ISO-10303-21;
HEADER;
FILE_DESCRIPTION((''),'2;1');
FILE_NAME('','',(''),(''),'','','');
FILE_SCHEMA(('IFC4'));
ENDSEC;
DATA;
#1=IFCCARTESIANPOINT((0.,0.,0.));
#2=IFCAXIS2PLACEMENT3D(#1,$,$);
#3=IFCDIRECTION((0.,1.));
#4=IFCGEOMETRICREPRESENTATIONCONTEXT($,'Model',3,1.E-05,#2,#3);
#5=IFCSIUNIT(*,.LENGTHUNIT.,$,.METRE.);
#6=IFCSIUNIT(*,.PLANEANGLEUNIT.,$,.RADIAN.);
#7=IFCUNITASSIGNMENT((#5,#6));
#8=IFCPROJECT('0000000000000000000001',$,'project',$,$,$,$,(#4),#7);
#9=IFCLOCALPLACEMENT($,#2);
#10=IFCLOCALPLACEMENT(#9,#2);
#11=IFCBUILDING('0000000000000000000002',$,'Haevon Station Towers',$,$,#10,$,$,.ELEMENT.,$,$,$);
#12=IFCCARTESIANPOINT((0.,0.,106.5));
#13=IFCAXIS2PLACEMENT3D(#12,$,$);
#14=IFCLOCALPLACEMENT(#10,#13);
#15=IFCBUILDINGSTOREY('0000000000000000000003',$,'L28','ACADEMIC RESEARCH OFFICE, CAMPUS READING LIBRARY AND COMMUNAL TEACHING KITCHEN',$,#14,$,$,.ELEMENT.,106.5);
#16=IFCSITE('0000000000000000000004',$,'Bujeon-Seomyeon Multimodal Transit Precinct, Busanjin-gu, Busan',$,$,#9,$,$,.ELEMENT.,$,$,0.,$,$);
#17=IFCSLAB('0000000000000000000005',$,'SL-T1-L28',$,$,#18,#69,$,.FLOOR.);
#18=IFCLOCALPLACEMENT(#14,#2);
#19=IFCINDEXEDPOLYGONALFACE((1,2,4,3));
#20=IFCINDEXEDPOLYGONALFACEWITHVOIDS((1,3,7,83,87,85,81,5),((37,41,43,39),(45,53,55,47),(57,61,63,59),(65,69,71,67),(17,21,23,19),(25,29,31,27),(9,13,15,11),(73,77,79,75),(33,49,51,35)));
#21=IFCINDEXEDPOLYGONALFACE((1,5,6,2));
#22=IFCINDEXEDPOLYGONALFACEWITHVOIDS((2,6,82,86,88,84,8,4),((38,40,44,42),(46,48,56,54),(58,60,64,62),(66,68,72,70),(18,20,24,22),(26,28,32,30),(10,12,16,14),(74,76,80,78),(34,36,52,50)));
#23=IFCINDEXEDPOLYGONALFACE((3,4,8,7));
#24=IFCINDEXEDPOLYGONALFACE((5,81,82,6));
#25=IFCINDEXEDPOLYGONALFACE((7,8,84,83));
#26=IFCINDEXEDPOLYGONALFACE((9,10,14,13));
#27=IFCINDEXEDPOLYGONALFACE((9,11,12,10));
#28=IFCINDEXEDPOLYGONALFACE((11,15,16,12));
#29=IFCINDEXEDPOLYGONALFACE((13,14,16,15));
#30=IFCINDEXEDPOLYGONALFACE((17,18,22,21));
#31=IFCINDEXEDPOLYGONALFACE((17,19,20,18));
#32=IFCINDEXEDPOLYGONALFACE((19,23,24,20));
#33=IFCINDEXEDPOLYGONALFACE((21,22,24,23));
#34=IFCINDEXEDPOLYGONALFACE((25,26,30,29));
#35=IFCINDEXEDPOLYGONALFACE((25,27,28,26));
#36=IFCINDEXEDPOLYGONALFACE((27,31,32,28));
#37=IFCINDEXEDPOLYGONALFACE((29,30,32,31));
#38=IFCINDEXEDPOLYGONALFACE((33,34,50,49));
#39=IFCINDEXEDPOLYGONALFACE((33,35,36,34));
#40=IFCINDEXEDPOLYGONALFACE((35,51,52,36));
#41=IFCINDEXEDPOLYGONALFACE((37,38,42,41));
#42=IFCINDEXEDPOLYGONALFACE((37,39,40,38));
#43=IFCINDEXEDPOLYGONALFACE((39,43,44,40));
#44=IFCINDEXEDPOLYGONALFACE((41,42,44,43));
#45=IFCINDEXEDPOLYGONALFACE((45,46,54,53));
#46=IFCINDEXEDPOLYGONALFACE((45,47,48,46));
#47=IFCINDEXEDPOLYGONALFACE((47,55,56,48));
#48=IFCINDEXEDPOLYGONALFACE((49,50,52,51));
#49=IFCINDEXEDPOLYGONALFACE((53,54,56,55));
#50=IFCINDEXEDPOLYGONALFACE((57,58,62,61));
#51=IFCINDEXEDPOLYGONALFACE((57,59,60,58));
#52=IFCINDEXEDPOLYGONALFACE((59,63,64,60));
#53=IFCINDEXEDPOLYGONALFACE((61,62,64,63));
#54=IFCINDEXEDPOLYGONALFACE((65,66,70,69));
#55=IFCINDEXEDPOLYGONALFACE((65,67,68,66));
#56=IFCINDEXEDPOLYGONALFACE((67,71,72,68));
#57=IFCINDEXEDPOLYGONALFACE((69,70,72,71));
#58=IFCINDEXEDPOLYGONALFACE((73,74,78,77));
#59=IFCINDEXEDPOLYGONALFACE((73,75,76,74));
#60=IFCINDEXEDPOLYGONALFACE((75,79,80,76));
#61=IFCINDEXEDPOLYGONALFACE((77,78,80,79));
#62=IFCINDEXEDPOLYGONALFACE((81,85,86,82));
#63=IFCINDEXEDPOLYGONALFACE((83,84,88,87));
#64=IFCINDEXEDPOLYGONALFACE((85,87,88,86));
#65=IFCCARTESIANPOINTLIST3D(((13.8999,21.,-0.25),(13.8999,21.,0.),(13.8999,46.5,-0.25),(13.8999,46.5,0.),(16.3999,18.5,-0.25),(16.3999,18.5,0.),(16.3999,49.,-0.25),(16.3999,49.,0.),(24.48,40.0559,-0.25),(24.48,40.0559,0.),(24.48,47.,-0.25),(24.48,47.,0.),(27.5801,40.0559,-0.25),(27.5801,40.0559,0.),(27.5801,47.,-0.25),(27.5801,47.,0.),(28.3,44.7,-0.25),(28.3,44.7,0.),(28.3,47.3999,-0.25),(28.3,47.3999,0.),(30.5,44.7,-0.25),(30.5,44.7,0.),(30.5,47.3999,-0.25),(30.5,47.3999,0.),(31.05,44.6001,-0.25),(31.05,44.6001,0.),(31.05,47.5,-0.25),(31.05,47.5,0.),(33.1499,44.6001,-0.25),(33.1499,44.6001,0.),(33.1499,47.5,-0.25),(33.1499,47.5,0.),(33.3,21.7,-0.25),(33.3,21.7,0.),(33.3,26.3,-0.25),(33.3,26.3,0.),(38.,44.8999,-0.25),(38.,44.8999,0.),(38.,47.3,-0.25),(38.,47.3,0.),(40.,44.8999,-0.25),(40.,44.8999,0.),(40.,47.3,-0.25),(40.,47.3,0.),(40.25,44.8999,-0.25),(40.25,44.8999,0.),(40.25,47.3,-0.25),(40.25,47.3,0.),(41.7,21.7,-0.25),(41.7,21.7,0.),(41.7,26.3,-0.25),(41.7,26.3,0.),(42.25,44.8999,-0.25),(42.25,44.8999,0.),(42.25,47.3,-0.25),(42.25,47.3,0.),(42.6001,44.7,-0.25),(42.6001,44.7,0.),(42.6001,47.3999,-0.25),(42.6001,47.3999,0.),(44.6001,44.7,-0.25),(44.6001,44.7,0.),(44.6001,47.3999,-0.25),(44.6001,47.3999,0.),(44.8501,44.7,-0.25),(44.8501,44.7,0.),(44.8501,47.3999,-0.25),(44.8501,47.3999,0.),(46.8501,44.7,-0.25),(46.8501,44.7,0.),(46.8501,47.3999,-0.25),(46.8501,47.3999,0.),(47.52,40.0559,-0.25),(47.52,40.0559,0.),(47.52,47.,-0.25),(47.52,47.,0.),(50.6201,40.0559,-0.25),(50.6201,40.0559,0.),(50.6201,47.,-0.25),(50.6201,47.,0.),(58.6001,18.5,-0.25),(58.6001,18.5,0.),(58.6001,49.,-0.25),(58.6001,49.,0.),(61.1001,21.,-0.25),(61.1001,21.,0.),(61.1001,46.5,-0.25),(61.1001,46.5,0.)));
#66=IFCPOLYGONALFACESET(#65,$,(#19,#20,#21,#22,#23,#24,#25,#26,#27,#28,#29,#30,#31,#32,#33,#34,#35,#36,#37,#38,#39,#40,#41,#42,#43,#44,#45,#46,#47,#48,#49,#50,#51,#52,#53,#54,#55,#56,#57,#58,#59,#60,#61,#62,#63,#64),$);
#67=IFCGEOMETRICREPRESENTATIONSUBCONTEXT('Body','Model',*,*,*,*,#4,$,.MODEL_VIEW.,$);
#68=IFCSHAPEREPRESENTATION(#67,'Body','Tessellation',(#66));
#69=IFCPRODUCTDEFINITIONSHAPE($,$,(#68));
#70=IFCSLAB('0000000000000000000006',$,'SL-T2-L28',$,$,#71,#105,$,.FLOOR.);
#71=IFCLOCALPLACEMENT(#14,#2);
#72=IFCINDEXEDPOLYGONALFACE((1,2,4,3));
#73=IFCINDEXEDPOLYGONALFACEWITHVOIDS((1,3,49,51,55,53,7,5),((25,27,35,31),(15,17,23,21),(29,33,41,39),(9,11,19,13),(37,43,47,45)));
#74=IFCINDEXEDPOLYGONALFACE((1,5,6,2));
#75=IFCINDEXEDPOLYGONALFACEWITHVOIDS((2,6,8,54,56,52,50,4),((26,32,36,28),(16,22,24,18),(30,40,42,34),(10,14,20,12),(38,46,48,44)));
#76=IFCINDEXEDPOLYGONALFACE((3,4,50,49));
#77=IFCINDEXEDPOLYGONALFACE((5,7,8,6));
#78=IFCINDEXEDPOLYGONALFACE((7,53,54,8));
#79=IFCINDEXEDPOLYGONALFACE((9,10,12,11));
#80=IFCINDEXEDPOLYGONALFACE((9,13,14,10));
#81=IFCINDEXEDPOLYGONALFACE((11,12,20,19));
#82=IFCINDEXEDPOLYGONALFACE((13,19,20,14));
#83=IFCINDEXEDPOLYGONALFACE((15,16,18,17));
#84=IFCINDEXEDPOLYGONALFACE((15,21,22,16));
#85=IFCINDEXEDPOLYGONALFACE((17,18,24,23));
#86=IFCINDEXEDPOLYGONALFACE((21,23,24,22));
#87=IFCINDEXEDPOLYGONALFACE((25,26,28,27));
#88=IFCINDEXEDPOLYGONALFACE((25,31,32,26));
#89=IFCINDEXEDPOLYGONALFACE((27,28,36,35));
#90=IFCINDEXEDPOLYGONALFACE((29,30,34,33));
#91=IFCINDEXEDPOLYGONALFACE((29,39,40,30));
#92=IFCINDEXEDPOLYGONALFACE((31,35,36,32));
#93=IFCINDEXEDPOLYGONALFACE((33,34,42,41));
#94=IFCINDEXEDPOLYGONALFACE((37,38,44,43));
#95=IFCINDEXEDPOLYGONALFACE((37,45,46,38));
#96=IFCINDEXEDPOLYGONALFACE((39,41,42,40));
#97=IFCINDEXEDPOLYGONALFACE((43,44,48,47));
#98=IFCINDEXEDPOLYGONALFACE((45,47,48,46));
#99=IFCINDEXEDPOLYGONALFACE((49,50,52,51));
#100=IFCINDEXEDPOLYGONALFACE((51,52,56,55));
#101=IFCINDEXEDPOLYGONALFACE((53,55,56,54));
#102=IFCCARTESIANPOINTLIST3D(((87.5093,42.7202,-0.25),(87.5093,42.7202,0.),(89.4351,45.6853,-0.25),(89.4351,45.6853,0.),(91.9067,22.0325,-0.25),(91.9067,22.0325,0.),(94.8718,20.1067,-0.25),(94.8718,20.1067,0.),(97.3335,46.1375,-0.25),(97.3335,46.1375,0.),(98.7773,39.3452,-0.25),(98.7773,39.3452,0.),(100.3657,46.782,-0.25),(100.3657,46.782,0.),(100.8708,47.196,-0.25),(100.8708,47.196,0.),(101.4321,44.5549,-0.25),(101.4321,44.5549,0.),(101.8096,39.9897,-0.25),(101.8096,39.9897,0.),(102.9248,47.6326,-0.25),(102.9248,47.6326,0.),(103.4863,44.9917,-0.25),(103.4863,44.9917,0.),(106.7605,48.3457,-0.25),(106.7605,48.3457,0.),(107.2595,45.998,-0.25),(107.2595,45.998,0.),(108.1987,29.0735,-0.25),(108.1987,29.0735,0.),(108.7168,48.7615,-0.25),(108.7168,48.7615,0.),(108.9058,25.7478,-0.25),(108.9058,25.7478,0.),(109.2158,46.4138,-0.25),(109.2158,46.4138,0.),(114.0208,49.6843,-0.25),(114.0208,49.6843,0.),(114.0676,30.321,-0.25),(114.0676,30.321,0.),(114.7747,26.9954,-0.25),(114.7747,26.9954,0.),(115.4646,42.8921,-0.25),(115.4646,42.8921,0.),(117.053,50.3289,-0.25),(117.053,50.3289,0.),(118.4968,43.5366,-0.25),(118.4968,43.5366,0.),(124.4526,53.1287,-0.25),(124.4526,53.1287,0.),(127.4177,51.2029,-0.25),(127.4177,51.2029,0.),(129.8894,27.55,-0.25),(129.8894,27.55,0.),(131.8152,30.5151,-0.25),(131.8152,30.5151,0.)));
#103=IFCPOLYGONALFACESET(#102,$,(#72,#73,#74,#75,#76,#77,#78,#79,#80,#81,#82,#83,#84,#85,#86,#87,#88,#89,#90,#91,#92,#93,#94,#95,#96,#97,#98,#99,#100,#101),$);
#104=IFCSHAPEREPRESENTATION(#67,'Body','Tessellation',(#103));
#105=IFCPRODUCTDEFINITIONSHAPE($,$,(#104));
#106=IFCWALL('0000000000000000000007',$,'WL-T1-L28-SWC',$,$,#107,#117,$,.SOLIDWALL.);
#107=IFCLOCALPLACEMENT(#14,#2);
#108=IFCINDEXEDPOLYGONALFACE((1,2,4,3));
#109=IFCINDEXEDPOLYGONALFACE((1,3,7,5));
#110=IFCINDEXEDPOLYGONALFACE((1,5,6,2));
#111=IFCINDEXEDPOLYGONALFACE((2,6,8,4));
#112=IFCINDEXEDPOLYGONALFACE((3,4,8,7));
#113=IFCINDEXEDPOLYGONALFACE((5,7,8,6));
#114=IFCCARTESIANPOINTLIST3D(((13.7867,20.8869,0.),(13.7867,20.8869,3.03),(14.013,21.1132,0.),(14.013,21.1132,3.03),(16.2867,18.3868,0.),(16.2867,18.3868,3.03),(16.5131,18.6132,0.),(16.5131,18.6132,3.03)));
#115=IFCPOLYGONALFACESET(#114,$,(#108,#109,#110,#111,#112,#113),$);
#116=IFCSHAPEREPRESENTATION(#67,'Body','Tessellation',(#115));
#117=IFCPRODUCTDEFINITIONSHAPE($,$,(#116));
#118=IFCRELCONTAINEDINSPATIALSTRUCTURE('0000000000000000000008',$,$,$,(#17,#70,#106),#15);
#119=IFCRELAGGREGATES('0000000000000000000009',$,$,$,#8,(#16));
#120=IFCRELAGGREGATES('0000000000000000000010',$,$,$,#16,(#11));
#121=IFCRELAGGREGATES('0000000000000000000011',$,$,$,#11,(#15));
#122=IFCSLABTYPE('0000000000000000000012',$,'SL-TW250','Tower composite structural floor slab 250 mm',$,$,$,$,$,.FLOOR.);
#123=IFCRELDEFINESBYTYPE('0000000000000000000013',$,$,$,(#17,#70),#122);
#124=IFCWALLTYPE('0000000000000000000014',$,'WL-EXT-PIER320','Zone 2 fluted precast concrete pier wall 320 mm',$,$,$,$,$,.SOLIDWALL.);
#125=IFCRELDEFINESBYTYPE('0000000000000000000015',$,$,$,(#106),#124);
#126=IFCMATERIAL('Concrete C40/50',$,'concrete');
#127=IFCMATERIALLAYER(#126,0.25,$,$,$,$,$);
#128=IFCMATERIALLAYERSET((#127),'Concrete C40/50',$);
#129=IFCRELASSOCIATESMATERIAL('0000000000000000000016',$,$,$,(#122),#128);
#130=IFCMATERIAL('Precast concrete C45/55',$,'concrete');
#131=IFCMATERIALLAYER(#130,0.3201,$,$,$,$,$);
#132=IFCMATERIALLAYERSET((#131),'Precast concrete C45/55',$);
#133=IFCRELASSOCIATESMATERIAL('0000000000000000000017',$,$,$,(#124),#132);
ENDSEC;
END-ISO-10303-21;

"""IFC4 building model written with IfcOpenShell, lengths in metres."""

from ifc_helpers import new_model, si_unit, direction, frame, frame_2d, origin, place, context, subcontext, project, spatial, polyline, rectangle, outline, extrude, material, layer, layer_set, type_object, element, save


model = new_model("IFC4")

# Units and contexts
model_context = context("Model", 3, precision=1e-05, world=origin(), true_north=direction((0.0, 1.0)))
body_context = subcontext(model_context, "Body", "Model", "MODEL_VIEW")
ifc_project = project(units=[si_unit("LENGTHUNIT", "METRE"), si_unit("PLANEANGLEUNIT", "RADIAN")], contexts=[model_context])

# Site, building, storey
site_placement = place(None, origin())
site = spatial("IfcSite", under=ifc_project, at=site_placement, Name="Bujeon-Seomyeon Multimodal Transit Precinct, Busanjin-gu, Busan", CompositionType="ELEMENT", RefElevation=0.0)
building_placement = place(site_placement, origin())
building = spatial("IfcBuilding", under=site, at=building_placement, Name="Haevon Station Towers", CompositionType="ELEMENT")
storey_placement = place(building_placement, frame((0.0, 0.0, 106.5)))
storey = spatial("IfcBuildingStorey", under=building, at=storey_placement, Name="L28", Description="ACADEMIC RESEARCH OFFICE, CAMPUS READING LIBRARY AND COMMUNAL TEACHING KITCHEN", CompositionType="ELEMENT", Elevation=106.5)

# Shared definitions
ifc_material_1 = material(Name="Concrete C40/50", Category="concrete")

# Slabs
ifc_layer_1 = layer(ifc_material_1, 0.25)
ifc_layer_set_1 = layer_set([ifc_layer_1], Name="Concrete C40/50")
slab_type_1 = type_object("IfcSlabType", Name="SL-TW250", Description="Tower composite structural floor slab 250 mm", PredefinedType="FLOOR", material=ifc_layer_set_1)
slab_1_placement = place(storey_placement, frame((0.0, 0.0, -0.25)))
element("IfcSlab", 1, at=slab_1_placement, inside=storey, type_object=slab_type_1, Name="SL-T1-L28", PredefinedType="FLOOR", context=body_context, shape_type="SweptSolid", body=[
    extrude(outline(polyline([(16.3999, 18.5), (58.6001, 18.5), (61.1001, 21.0), (61.1001, 46.5), (58.6001, 49.0), (16.3999, 49.0), (13.8999, 46.5), (13.8999, 21.0), (16.3999, 18.5)]), holes=[polyline([(27.5801, 40.0559), (27.5801, 47.0), (24.48, 47.0), (24.48, 40.0559), (27.5801, 40.0559)]), polyline([(50.6201, 40.0559), (50.6201, 47.0), (47.52, 47.0), (47.52, 40.0559), (50.6201, 40.0559)]), polyline([(28.3, 44.7), (30.5, 44.7), (30.5, 47.3999), (28.3, 47.3999), (28.3, 44.7)]), polyline([(31.05, 44.6001), (33.1499, 44.6001), (33.1499, 47.5), (31.05, 47.5), (31.05, 44.6001)]), polyline([(38.0, 44.8999), (40.0, 44.8999), (40.0, 47.3), (38.0, 47.3), (38.0, 44.8999)]), polyline([(40.25, 44.8999), (42.25, 44.8999), (42.25, 47.3), (40.25, 47.3), (40.25, 44.8999)]), polyline([(42.6001, 44.7), (44.6001, 44.7), (44.6001, 47.3999), (42.6001, 47.3999), (42.6001, 44.7)]), polyline([(44.8501, 44.7), (46.8501, 44.7), (46.8501, 47.3999), (44.8501, 47.3999), (44.8501, 44.7)]), polyline([(33.3, 21.7), (41.7, 21.7), (41.7, 26.3), (33.3, 26.3), (33.3, 21.7)])]), origin(), (0.0, 0.0, 1.0), 0.25),
])
slab_2_placement = place(storey_placement, frame((0.0, 0.0, -0.25)))
element("IfcSlab", 2, at=slab_2_placement, inside=storey, type_object=slab_type_1, Name="SL-T2-L28", PredefinedType="FLOOR", context=body_context, shape_type="SweptSolid", body=[
    extrude(outline(polyline([(94.8718, 20.1067), (129.8894, 27.55), (131.8152, 30.5151), (127.4177, 51.2029), (124.4526, 53.1287), (89.4351, 45.6853), (87.5093, 42.7202), (91.9067, 22.0325), (94.8718, 20.1067)]), holes=[polyline([(101.8096, 39.9897), (100.3657, 46.782), (97.3335, 46.1375), (98.7773, 39.3452), (101.8096, 39.9897)]), polyline([(118.4968, 43.5366), (117.053, 50.3289), (114.0208, 49.6843), (115.4646, 42.8921), (118.4968, 43.5366)]), polyline([(101.4321, 44.5549), (103.4863, 44.9917), (102.9248, 47.6326), (100.8708, 47.196), (101.4321, 44.5549)]), polyline([(107.2595, 45.998), (109.2158, 46.4138), (108.7168, 48.7615), (106.7605, 48.3457), (107.2595, 45.998)]), polyline([(108.9058, 25.7478), (114.7747, 26.9954), (114.0676, 30.321), (108.1987, 29.0735), (108.9058, 25.7478)])]), origin(), (0.0, 0.0, 1.0), 0.25),
])

# Wall
ifc_material_2 = material(Name="Precast concrete C45/55", Category="concrete")
ifc_layer_2 = layer(ifc_material_2, 0.3201)
ifc_layer_set_2 = layer_set([ifc_layer_2], Name="Precast concrete C45/55")
wall_type_1 = type_object("IfcWallType", Name="WL-EXT-PIER320", Description="Zone 2 fluted precast concrete pier wall 320 mm", PredefinedType="SOLIDWALL", material=ifc_layer_set_2)
wall_1_placement = place(storey_placement, frame((16.3999, 18.5, 0.0), z_axis=(0.0, 0.0, 1.0), x_axis=(-0.707107, 0.707107, 0.0)))
element("IfcWall", 3, at=wall_1_placement, inside=storey, type_object=wall_type_1, Name="WL-T1-L28-SWC", PredefinedType="SOLIDWALL", context=body_context, shape_type="SweptSolid", body=[
    extrude(rectangle(XDim=3.5356, YDim=0.3201, at=frame_2d((1.7678, 0.0))), origin(), (0.0, 0.0, 1.0), 3.03),
])

save(model, "model.ifc")
